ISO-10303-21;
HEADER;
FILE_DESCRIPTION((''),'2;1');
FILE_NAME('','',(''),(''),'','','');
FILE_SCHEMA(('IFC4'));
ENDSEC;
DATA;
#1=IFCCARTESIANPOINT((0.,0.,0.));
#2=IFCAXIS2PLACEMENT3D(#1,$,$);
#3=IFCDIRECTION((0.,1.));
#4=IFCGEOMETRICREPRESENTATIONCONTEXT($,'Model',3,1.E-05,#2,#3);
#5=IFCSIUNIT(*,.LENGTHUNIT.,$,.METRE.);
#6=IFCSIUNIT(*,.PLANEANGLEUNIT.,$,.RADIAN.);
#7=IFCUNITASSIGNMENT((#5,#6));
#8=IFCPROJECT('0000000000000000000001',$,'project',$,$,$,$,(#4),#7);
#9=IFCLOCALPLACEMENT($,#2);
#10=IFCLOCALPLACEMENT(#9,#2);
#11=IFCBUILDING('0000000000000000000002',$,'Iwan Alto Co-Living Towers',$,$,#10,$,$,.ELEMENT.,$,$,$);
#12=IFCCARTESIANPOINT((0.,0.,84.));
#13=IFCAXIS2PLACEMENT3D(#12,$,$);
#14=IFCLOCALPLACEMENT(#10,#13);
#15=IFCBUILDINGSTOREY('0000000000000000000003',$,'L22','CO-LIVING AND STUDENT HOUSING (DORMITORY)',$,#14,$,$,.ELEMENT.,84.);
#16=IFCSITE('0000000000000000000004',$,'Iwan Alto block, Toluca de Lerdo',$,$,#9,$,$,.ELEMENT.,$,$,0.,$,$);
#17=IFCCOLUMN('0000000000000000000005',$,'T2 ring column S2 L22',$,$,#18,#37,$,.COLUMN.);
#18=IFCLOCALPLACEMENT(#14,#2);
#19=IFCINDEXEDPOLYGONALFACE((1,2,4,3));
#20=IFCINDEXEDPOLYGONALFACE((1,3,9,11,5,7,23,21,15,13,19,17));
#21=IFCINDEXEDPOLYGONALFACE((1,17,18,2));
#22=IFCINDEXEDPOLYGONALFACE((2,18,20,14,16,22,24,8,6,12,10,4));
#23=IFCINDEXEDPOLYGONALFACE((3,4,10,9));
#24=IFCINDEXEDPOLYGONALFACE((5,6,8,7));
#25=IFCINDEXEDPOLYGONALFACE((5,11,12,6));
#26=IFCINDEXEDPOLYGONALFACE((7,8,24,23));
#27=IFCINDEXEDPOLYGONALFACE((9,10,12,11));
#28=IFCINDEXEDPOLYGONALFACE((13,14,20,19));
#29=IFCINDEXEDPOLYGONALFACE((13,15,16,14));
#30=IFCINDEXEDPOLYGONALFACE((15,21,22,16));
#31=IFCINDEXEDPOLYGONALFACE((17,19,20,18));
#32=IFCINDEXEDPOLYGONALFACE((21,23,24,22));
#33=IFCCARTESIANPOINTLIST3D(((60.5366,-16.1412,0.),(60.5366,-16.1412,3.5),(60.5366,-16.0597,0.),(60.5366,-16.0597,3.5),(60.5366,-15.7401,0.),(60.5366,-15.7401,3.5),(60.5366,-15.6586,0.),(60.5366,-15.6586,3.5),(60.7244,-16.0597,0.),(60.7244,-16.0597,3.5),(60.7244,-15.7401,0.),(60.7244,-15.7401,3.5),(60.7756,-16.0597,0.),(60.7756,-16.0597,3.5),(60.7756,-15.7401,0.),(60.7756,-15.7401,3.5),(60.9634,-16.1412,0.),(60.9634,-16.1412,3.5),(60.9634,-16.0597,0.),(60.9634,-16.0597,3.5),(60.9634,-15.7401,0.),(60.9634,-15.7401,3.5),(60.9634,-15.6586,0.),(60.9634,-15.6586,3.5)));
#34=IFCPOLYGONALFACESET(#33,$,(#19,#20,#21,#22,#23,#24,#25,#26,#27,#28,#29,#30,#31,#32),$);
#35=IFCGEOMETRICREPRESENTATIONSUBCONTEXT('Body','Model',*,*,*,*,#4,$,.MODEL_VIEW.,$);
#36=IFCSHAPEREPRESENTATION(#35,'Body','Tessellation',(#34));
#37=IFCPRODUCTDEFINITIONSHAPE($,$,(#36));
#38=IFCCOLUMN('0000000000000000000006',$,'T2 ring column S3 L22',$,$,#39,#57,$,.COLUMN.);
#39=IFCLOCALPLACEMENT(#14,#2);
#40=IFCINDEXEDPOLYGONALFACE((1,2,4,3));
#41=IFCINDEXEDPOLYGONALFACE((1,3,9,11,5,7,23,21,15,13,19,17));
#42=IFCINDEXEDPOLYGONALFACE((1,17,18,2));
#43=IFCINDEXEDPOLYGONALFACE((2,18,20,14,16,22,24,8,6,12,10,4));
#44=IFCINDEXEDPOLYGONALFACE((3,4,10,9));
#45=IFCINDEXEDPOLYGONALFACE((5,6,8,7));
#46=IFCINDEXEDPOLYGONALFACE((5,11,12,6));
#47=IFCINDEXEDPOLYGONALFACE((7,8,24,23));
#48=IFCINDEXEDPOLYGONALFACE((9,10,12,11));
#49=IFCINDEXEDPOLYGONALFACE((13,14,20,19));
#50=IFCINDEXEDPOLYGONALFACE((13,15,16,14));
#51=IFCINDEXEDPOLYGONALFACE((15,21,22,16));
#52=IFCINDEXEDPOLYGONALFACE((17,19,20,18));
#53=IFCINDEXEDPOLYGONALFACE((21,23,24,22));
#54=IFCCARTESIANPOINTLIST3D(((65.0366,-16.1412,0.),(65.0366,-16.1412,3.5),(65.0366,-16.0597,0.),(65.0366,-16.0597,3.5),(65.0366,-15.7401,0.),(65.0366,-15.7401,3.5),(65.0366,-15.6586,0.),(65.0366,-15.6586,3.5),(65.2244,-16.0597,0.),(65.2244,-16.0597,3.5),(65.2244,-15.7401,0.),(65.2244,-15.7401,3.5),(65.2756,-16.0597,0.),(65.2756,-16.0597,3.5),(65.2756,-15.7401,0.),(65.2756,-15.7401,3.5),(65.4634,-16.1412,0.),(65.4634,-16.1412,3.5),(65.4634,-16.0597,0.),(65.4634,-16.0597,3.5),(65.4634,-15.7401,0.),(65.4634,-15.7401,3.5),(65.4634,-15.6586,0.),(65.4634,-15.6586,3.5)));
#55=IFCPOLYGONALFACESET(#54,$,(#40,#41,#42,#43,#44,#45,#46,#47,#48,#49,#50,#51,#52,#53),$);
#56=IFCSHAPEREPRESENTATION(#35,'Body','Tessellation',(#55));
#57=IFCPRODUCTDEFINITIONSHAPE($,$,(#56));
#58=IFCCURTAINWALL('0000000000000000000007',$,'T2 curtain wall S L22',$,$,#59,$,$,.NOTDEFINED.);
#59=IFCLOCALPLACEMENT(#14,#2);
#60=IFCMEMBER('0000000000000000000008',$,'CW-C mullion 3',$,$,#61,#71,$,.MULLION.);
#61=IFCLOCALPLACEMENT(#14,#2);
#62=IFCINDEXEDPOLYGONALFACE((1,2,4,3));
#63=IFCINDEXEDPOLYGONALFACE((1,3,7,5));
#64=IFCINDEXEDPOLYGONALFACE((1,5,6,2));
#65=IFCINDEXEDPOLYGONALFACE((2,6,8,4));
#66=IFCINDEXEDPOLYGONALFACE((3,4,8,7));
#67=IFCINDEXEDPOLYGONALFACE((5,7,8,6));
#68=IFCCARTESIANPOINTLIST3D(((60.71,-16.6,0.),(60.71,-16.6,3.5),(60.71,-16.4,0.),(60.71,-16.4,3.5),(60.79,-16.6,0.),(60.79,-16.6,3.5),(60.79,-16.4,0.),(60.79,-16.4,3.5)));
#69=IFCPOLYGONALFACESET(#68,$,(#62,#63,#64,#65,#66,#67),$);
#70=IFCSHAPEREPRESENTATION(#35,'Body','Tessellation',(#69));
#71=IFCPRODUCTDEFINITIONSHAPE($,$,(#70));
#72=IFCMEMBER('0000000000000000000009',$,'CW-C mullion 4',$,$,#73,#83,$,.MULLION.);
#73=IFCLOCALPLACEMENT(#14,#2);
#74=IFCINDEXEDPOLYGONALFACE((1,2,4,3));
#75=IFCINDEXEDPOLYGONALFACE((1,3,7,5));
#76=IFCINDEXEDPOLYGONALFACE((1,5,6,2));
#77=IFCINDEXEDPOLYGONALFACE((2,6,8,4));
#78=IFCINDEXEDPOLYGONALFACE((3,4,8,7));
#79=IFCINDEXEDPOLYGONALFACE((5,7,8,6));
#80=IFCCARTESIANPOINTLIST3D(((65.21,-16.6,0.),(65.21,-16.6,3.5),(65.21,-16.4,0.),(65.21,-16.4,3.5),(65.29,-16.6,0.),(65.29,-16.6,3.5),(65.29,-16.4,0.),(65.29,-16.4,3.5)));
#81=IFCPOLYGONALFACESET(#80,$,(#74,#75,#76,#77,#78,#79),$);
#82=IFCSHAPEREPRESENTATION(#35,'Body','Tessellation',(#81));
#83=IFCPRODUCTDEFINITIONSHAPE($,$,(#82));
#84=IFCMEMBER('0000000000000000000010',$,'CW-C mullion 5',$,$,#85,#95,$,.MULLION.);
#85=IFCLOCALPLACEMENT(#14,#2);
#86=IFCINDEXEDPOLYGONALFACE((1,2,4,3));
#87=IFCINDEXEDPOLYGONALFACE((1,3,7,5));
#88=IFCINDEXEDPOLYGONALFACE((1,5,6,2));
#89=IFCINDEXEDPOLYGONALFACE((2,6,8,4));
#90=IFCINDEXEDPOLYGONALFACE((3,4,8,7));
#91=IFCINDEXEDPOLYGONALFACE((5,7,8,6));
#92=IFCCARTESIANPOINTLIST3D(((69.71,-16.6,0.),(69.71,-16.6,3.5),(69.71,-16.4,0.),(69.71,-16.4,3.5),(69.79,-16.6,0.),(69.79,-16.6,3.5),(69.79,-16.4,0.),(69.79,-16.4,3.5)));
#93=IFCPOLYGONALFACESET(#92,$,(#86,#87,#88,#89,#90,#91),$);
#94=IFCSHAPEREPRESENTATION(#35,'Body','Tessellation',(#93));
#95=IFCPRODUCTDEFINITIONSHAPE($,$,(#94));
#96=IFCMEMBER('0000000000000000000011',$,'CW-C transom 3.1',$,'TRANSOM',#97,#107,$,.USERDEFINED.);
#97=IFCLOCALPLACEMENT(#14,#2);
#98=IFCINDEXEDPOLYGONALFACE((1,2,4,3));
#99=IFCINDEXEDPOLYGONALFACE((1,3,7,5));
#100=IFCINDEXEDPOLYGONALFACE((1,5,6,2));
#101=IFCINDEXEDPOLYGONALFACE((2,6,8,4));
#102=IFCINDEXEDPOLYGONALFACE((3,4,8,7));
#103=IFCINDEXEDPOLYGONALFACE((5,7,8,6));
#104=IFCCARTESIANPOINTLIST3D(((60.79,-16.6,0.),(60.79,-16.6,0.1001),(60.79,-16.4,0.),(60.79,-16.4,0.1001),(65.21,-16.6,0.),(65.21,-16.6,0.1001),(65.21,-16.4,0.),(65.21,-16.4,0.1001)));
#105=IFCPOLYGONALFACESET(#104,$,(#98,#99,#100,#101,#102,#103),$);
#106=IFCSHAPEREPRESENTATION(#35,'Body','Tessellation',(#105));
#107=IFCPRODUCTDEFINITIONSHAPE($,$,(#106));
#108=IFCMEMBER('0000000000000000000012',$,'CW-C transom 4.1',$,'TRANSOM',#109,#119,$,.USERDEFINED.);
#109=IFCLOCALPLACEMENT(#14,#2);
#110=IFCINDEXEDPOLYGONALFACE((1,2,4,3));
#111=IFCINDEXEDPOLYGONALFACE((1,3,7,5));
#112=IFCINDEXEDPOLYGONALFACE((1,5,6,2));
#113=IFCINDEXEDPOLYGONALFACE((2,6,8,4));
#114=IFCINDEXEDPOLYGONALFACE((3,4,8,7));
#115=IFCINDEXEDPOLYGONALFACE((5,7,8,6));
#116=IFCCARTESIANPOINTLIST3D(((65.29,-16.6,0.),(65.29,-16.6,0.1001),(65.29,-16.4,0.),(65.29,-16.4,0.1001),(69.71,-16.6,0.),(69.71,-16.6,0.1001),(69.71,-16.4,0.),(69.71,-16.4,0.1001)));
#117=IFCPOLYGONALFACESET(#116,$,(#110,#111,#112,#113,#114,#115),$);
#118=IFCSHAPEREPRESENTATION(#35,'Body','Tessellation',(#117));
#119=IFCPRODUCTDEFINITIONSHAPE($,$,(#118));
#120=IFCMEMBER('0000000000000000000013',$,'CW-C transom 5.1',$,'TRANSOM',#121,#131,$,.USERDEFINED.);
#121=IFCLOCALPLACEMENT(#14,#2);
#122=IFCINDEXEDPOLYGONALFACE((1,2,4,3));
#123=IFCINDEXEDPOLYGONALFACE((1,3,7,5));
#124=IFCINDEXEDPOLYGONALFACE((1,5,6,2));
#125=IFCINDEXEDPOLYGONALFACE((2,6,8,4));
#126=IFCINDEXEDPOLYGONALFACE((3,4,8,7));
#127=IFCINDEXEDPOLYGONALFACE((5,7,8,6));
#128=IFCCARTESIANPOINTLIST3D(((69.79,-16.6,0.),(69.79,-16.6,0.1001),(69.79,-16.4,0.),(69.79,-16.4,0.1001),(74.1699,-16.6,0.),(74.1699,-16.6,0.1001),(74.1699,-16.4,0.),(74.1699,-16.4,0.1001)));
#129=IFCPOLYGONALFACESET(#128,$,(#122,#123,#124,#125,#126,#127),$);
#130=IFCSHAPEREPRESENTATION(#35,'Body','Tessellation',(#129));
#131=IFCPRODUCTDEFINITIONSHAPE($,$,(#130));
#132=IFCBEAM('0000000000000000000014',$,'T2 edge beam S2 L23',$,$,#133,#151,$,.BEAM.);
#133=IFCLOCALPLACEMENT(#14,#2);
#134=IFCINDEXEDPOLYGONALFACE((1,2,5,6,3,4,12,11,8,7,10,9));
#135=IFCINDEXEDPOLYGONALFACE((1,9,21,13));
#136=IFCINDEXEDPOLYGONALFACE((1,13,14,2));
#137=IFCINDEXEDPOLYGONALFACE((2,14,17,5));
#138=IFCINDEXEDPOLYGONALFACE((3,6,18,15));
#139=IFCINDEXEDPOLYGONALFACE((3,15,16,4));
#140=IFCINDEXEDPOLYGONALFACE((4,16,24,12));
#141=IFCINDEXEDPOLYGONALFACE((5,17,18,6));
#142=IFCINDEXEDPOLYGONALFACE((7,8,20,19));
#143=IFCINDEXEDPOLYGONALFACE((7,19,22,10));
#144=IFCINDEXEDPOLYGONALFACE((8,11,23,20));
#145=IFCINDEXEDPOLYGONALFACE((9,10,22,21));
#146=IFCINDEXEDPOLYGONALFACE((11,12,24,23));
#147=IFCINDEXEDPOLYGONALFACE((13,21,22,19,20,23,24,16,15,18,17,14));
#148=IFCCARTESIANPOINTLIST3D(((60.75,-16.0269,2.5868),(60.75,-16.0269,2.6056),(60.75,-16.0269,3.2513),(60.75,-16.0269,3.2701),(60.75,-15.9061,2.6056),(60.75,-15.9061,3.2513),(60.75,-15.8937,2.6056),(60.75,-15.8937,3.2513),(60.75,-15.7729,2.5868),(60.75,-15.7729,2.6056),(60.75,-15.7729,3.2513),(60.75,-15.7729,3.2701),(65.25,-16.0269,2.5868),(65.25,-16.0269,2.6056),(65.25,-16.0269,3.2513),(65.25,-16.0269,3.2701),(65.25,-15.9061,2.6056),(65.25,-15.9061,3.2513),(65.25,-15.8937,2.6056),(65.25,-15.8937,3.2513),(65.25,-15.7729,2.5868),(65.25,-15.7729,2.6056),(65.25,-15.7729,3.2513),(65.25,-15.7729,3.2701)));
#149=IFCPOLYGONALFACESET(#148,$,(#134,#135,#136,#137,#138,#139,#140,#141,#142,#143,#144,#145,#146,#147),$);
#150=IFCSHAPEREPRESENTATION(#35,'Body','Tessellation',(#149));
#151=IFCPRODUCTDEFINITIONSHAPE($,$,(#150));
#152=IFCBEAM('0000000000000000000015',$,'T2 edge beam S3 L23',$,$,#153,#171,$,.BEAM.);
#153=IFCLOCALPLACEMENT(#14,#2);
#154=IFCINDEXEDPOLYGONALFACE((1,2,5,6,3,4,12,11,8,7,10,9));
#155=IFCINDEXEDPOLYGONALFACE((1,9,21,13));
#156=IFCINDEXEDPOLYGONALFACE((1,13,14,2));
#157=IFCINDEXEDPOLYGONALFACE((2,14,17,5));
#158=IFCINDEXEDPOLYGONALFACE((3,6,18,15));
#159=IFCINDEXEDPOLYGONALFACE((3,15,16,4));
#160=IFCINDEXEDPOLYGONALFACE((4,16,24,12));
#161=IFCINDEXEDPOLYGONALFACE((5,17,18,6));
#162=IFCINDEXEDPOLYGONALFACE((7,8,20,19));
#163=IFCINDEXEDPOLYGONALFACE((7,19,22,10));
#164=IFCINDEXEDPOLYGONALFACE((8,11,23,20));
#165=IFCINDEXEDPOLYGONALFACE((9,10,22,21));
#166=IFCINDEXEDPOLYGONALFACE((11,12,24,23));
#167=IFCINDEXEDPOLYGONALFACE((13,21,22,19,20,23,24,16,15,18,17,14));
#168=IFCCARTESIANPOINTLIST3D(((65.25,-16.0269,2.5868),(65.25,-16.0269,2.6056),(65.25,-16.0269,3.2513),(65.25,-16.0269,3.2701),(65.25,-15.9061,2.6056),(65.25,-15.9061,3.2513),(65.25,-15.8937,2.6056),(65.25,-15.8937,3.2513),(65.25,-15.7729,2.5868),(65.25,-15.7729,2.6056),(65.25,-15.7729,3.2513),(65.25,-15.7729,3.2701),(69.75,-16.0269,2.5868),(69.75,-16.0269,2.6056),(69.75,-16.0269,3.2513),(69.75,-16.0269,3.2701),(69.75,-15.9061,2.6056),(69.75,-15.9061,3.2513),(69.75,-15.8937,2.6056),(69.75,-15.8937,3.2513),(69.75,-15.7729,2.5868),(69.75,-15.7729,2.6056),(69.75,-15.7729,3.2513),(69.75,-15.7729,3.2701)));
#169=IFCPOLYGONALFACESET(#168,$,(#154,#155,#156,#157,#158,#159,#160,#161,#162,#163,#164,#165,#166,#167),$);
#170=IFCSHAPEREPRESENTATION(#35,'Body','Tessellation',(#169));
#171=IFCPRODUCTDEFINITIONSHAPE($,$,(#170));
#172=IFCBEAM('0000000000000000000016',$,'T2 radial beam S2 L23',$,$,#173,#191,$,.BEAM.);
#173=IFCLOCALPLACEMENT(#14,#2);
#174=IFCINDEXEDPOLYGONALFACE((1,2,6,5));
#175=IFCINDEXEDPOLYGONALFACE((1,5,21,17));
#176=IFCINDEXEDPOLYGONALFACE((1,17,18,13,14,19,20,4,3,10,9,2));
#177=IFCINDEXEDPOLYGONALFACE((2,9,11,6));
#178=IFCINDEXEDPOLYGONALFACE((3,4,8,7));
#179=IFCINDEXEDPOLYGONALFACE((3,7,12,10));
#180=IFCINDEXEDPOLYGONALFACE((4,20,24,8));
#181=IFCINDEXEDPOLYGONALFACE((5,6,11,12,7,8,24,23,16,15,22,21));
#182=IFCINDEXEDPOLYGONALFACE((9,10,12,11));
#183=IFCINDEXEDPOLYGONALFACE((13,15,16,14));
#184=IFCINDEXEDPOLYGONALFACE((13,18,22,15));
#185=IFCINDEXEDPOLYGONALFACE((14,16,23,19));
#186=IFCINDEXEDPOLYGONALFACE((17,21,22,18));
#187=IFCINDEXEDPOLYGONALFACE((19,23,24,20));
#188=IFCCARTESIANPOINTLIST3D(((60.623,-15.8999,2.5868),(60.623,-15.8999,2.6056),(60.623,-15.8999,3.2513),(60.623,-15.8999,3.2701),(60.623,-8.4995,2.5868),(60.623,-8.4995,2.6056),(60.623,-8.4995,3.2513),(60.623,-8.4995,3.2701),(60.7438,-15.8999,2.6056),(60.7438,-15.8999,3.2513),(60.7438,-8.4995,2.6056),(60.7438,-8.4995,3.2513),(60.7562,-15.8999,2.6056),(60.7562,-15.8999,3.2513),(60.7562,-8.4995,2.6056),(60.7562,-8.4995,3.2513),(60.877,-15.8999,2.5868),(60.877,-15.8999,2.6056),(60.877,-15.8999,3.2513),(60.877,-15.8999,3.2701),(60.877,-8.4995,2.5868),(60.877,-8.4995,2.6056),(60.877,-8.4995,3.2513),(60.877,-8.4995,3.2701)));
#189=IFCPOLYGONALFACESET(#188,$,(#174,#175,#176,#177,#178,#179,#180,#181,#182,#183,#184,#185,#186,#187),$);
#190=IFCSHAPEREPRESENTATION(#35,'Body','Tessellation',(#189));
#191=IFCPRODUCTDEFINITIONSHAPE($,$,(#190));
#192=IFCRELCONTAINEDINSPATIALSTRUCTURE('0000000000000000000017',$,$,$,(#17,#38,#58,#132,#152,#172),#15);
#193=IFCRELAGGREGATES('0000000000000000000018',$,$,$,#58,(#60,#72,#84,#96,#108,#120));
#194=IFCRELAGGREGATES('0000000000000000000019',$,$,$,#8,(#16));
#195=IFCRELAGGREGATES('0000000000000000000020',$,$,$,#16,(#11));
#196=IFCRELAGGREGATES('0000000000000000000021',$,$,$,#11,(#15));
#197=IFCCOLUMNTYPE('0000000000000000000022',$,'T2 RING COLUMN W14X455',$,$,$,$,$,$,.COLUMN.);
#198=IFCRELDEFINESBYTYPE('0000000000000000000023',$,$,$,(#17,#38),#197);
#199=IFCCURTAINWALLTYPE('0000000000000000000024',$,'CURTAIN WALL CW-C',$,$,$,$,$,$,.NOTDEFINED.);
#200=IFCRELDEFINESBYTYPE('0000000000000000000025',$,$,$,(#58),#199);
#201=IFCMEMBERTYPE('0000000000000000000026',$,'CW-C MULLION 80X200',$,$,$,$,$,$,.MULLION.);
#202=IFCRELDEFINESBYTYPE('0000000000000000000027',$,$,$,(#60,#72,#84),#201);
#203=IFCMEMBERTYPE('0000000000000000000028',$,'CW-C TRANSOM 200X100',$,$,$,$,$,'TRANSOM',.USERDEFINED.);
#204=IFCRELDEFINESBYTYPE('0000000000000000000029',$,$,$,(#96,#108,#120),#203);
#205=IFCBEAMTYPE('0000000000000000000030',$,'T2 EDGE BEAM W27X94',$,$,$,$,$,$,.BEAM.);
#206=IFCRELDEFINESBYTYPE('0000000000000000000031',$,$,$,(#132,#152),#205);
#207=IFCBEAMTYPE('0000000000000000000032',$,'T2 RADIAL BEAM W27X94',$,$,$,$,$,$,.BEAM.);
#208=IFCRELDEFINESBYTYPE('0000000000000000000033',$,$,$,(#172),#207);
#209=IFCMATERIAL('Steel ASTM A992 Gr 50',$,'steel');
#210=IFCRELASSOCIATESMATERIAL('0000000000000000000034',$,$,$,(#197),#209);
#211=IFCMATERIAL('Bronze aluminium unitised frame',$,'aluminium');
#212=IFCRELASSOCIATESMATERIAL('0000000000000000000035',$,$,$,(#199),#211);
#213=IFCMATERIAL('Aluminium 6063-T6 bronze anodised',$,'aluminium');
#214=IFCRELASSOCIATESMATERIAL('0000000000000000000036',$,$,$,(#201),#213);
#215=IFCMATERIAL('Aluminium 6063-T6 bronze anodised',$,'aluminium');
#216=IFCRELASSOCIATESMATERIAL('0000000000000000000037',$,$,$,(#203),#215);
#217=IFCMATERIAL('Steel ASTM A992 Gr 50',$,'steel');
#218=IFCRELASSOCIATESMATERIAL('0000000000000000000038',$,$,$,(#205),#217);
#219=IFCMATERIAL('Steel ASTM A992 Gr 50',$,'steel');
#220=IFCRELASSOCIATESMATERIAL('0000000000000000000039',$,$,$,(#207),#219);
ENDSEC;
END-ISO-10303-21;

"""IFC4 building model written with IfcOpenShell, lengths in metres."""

from ifc_helpers import new_model, si_unit, direction, frame, origin, origin_2d, place, context, subcontext, project, spatial, rectangle, i_section, extrude, material, material_profile, profile_set, type_object, element, aggregate, save


model = new_model("IFC4")

# Units and contexts
model_context = context("Model", 3, precision=1e-05, world=origin(), true_north=direction((0.0, 1.0)))
body_context = subcontext(model_context, "Body", "Model", "MODEL_VIEW")
ifc_project = project(units=[si_unit("LENGTHUNIT", "METRE"), si_unit("PLANEANGLEUNIT", "RADIAN")], contexts=[model_context])

# Site, building, storey
site_placement = place(None, origin())
site = spatial("IfcSite", under=ifc_project, at=site_placement, Name="Iwan Alto block, Toluca de Lerdo", CompositionType="ELEMENT", RefElevation=0.0)
building_placement = place(site_placement, origin())
building = spatial("IfcBuilding", under=site, at=building_placement, Name="Iwan Alto Co-Living Towers", CompositionType="ELEMENT")
storey_placement = place(building_placement, frame((0.0, 0.0, 84.0)))
storey = spatial("IfcBuildingStorey", under=building, at=storey_placement, Name="L22", Description="CO-LIVING AND STUDENT HOUSING (DORMITORY)", CompositionType="ELEMENT", Elevation=84.0)

# Columns
ifc_material_1 = material(Name="Steel ASTM A992 Gr 50", Category="steel")
ifc_material_profile_1 = material_profile(ifc_material_1, i_section(OverallWidth=0.4268, OverallDepth=0.4827, WebThickness=0.0513, FlangeThickness=0.0815, at=origin_2d()), Name="W14X455")
ifc_profile_set_1 = profile_set([ifc_material_profile_1], Name="Steel ASTM A992 Gr 50")
column_type = type_object("IfcColumnType", Name="T2 RING COLUMN W14X455", PredefinedType="COLUMN", material=ifc_profile_set_1)
for number, where, z_axis, x_axis, name in (
    (1, (60.75, -15.8999, 0.0), (0.0, 0.0, 1.0), (1.0, 0.0, 0.0), "T2 ring column S2 L22"),
    (2, (65.25, -15.8999, 0.0), (0.0, 0.0, 1.0), (1.0, 0.0, 0.0), "T2 ring column S3 L22"),
):
    element("IfcColumn", number, at=place(storey_placement, frame(where, z_axis=z_axis, x_axis=x_axis)), inside=storey, type_object=column_type, Name=name, PredefinedType="COLUMN", context=body_context, shape_type="SweptSolid", body=[
        extrude(i_section(OverallWidth=0.4268, OverallDepth=0.4827, WebThickness=0.0513, FlangeThickness=0.0815, at=origin_2d()), origin(), (0.0, 0.0, 1.0), 3.5),
    ])

# Curtain wall, members
ifc_material_2 = material(Name="Bronze aluminium unitised frame", Category="aluminium")
curtain_wall_type = type_object("IfcCurtainWallType", Name="CURTAIN WALL CW-C", PredefinedType="NOTDEFINED", material=ifc_material_2)
curtain_wall_placement = place(storey_placement, origin())
curtain_wall = element("IfcCurtainWall", 3, at=curtain_wall_placement, inside=storey, type_object=curtain_wall_type, Name="T2 curtain wall S L22", PredefinedType="NOTDEFINED")
ifc_material_3 = material(Name="Aluminium 6063-T6 bronze anodised", Category="aluminium")
ifc_material_profile_2 = material_profile(ifc_material_3, rectangle(XDim=0.2, YDim=0.0801, at=origin_2d()), Name="AL 80X200")
ifc_profile_set_2 = profile_set([ifc_material_profile_2], Name="Aluminium 6063-T6 bronze anodised")
member_type_1 = type_object("IfcMemberType", Name="CW-C MULLION 80X200", PredefinedType="MULLION", material=ifc_profile_set_2)
member_1_placement = place(storey_placement, frame((60.75, -16.5, 0.0), z_axis=(0.0, 0.0, 1.0), x_axis=(0.0, 1.0, 0.0)))
member_1 = element("IfcMember", 4, at=member_1_placement, type_object=member_type_1, Name="CW-C mullion 3", PredefinedType="MULLION", context=body_context, shape_type="SweptSolid", body=[
    extrude(rectangle(XDim=0.2, YDim=0.0801, at=origin_2d()), origin(), (0.0, 0.0, 1.0), 3.5),
])
member_2_placement = place(storey_placement, frame((65.25, -16.5, 0.0), z_axis=(0.0, 0.0, 1.0), x_axis=(0.0, 1.0, 0.0)))
member_2 = element("IfcMember", 5, at=member_2_placement, type_object=member_type_1, Name="CW-C mullion 4", PredefinedType="MULLION", context=body_context, shape_type="SweptSolid", body=[
    extrude(rectangle(XDim=0.2, YDim=0.0801, at=origin_2d()), origin(), (0.0, 0.0, 1.0), 3.5),
])
member_3_placement = place(storey_placement, frame((69.75, -16.5, 0.0), z_axis=(0.0, 0.0, 1.0), x_axis=(0.0, 1.0, 0.0)))
member_3 = element("IfcMember", 6, at=member_3_placement, type_object=member_type_1, Name="CW-C mullion 5", PredefinedType="MULLION", context=body_context, shape_type="SweptSolid", body=[
    extrude(rectangle(XDim=0.2, YDim=0.0801, at=origin_2d()), origin(), (0.0, 0.0, 1.0), 3.5),
])
ifc_material_4 = material(Name="Aluminium 6063-T6 bronze anodised", Category="aluminium")
ifc_material_profile_3 = material_profile(ifc_material_4, rectangle(XDim=0.2, YDim=0.1001, at=origin_2d()), Name="AL 200X100")
ifc_profile_set_3 = profile_set([ifc_material_profile_3], Name="Aluminium 6063-T6 bronze anodised")
member_type_2 = type_object("IfcMemberType", Name="CW-C TRANSOM 200X100", ElementType="TRANSOM", PredefinedType="USERDEFINED", material=ifc_profile_set_3)
member_4_placement = place(storey_placement, frame((60.79, -16.5, 0.05), z_axis=(1.0, 0.0, 0.0), x_axis=(0.0, 1.0, 0.0)))
member_4 = element("IfcMember", 7, at=member_4_placement, type_object=member_type_2, Name="CW-C transom 3.1", ObjectType="TRANSOM", PredefinedType="USERDEFINED", context=body_context, shape_type="SweptSolid", body=[
    extrude(rectangle(XDim=0.2, YDim=0.1001, at=origin_2d()), origin(), (0.0, 0.0, 1.0), 4.4199),
])
member_5_placement = place(storey_placement, frame((65.29, -16.5, 0.05), z_axis=(1.0, 0.0, 0.0), x_axis=(0.0, 1.0, 0.0)))
member_5 = element("IfcMember", 8, at=member_5_placement, type_object=member_type_2, Name="CW-C transom 4.1", ObjectType="TRANSOM", PredefinedType="USERDEFINED", context=body_context, shape_type="SweptSolid", body=[
    extrude(rectangle(XDim=0.2, YDim=0.1001, at=origin_2d()), origin(), (0.0, 0.0, 1.0), 4.4199),
])
member_6_placement = place(storey_placement, frame((69.79, -16.5, 0.05), z_axis=(1.0, 0.0, 0.0), x_axis=(0.0, 1.0, 0.0)))
member_6 = element("IfcMember", 9, at=member_6_placement, type_object=member_type_2, Name="CW-C transom 5.1", ObjectType="TRANSOM", PredefinedType="USERDEFINED", context=body_context, shape_type="SweptSolid", body=[
    extrude(rectangle(XDim=0.2, YDim=0.1001, at=origin_2d()), origin(), (0.0, 0.0, 1.0), 4.3799),
])

# Beams
ifc_material_5 = material(Name="Steel ASTM A992 Gr 50", Category="steel")
ifc_material_profile_4 = material_profile(ifc_material_5, i_section(OverallWidth=0.2539, OverallDepth=0.6833, WebThickness=0.0125, FlangeThickness=0.0188, at=origin_2d()), Name="W27X94")
ifc_profile_set_4 = profile_set([ifc_material_profile_4], Name="Steel ASTM A992 Gr 50")
beam_type_1 = type_object("IfcBeamType", Name="T2 EDGE BEAM W27X94", PredefinedType="BEAM", material=ifc_profile_set_4)
for number, where, z_axis, x_axis, name in (
    (10, (60.75, -15.8999, 2.9285), (1.0, 0.0, 0.0), (0.0, 1.0, 0.0), "T2 edge beam S2 L23"),
    (11, (65.25, -15.8999, 2.9285), (1.0, 0.0, 0.0), (0.0, 1.0, 0.0), "T2 edge beam S3 L23"),
):
    element("IfcBeam", number, at=place(storey_placement, frame(where, z_axis=z_axis, x_axis=x_axis)), inside=storey, type_object=beam_type_1, Name=name, PredefinedType="BEAM", context=body_context, shape_type="SweptSolid", body=[
        extrude(i_section(OverallWidth=0.2539, OverallDepth=0.6833, WebThickness=0.0125, FlangeThickness=0.0188, at=origin_2d()), origin(), (0.0, 0.0, 1.0), 4.5),
    ])
ifc_material_6 = material(Name="Steel ASTM A992 Gr 50", Category="steel")
ifc_material_profile_5 = material_profile(ifc_material_6, i_section(OverallWidth=0.2539, OverallDepth=0.6833, WebThickness=0.0125, FlangeThickness=0.0188, at=origin_2d()), Name="W27X94")
ifc_profile_set_5 = profile_set([ifc_material_profile_5], Name="Steel ASTM A992 Gr 50")
beam_type_2 = type_object("IfcBeamType", Name="T2 RADIAL BEAM W27X94", PredefinedType="BEAM", material=ifc_profile_set_5)
beam_1_placement = place(storey_placement, frame((60.75, -15.8999, 2.9285), z_axis=(0.0, 1.0, 0.0), x_axis=(-1.0, 0.0, 0.0)))
element("IfcBeam", 12, at=beam_1_placement, inside=storey, type_object=beam_type_2, Name="T2 radial beam S2 L23", PredefinedType="BEAM", context=body_context, shape_type="SweptSolid", body=[
    extrude(i_section(OverallWidth=0.2539, OverallDepth=0.6833, WebThickness=0.0125, FlangeThickness=0.0188, at=origin_2d()), origin(), (0.0, 0.0, 1.0), 7.4004),
])

aggregate(curtain_wall, [member_1, member_2, member_3, member_4, member_5, member_6])

save(model, "model.ifc")
